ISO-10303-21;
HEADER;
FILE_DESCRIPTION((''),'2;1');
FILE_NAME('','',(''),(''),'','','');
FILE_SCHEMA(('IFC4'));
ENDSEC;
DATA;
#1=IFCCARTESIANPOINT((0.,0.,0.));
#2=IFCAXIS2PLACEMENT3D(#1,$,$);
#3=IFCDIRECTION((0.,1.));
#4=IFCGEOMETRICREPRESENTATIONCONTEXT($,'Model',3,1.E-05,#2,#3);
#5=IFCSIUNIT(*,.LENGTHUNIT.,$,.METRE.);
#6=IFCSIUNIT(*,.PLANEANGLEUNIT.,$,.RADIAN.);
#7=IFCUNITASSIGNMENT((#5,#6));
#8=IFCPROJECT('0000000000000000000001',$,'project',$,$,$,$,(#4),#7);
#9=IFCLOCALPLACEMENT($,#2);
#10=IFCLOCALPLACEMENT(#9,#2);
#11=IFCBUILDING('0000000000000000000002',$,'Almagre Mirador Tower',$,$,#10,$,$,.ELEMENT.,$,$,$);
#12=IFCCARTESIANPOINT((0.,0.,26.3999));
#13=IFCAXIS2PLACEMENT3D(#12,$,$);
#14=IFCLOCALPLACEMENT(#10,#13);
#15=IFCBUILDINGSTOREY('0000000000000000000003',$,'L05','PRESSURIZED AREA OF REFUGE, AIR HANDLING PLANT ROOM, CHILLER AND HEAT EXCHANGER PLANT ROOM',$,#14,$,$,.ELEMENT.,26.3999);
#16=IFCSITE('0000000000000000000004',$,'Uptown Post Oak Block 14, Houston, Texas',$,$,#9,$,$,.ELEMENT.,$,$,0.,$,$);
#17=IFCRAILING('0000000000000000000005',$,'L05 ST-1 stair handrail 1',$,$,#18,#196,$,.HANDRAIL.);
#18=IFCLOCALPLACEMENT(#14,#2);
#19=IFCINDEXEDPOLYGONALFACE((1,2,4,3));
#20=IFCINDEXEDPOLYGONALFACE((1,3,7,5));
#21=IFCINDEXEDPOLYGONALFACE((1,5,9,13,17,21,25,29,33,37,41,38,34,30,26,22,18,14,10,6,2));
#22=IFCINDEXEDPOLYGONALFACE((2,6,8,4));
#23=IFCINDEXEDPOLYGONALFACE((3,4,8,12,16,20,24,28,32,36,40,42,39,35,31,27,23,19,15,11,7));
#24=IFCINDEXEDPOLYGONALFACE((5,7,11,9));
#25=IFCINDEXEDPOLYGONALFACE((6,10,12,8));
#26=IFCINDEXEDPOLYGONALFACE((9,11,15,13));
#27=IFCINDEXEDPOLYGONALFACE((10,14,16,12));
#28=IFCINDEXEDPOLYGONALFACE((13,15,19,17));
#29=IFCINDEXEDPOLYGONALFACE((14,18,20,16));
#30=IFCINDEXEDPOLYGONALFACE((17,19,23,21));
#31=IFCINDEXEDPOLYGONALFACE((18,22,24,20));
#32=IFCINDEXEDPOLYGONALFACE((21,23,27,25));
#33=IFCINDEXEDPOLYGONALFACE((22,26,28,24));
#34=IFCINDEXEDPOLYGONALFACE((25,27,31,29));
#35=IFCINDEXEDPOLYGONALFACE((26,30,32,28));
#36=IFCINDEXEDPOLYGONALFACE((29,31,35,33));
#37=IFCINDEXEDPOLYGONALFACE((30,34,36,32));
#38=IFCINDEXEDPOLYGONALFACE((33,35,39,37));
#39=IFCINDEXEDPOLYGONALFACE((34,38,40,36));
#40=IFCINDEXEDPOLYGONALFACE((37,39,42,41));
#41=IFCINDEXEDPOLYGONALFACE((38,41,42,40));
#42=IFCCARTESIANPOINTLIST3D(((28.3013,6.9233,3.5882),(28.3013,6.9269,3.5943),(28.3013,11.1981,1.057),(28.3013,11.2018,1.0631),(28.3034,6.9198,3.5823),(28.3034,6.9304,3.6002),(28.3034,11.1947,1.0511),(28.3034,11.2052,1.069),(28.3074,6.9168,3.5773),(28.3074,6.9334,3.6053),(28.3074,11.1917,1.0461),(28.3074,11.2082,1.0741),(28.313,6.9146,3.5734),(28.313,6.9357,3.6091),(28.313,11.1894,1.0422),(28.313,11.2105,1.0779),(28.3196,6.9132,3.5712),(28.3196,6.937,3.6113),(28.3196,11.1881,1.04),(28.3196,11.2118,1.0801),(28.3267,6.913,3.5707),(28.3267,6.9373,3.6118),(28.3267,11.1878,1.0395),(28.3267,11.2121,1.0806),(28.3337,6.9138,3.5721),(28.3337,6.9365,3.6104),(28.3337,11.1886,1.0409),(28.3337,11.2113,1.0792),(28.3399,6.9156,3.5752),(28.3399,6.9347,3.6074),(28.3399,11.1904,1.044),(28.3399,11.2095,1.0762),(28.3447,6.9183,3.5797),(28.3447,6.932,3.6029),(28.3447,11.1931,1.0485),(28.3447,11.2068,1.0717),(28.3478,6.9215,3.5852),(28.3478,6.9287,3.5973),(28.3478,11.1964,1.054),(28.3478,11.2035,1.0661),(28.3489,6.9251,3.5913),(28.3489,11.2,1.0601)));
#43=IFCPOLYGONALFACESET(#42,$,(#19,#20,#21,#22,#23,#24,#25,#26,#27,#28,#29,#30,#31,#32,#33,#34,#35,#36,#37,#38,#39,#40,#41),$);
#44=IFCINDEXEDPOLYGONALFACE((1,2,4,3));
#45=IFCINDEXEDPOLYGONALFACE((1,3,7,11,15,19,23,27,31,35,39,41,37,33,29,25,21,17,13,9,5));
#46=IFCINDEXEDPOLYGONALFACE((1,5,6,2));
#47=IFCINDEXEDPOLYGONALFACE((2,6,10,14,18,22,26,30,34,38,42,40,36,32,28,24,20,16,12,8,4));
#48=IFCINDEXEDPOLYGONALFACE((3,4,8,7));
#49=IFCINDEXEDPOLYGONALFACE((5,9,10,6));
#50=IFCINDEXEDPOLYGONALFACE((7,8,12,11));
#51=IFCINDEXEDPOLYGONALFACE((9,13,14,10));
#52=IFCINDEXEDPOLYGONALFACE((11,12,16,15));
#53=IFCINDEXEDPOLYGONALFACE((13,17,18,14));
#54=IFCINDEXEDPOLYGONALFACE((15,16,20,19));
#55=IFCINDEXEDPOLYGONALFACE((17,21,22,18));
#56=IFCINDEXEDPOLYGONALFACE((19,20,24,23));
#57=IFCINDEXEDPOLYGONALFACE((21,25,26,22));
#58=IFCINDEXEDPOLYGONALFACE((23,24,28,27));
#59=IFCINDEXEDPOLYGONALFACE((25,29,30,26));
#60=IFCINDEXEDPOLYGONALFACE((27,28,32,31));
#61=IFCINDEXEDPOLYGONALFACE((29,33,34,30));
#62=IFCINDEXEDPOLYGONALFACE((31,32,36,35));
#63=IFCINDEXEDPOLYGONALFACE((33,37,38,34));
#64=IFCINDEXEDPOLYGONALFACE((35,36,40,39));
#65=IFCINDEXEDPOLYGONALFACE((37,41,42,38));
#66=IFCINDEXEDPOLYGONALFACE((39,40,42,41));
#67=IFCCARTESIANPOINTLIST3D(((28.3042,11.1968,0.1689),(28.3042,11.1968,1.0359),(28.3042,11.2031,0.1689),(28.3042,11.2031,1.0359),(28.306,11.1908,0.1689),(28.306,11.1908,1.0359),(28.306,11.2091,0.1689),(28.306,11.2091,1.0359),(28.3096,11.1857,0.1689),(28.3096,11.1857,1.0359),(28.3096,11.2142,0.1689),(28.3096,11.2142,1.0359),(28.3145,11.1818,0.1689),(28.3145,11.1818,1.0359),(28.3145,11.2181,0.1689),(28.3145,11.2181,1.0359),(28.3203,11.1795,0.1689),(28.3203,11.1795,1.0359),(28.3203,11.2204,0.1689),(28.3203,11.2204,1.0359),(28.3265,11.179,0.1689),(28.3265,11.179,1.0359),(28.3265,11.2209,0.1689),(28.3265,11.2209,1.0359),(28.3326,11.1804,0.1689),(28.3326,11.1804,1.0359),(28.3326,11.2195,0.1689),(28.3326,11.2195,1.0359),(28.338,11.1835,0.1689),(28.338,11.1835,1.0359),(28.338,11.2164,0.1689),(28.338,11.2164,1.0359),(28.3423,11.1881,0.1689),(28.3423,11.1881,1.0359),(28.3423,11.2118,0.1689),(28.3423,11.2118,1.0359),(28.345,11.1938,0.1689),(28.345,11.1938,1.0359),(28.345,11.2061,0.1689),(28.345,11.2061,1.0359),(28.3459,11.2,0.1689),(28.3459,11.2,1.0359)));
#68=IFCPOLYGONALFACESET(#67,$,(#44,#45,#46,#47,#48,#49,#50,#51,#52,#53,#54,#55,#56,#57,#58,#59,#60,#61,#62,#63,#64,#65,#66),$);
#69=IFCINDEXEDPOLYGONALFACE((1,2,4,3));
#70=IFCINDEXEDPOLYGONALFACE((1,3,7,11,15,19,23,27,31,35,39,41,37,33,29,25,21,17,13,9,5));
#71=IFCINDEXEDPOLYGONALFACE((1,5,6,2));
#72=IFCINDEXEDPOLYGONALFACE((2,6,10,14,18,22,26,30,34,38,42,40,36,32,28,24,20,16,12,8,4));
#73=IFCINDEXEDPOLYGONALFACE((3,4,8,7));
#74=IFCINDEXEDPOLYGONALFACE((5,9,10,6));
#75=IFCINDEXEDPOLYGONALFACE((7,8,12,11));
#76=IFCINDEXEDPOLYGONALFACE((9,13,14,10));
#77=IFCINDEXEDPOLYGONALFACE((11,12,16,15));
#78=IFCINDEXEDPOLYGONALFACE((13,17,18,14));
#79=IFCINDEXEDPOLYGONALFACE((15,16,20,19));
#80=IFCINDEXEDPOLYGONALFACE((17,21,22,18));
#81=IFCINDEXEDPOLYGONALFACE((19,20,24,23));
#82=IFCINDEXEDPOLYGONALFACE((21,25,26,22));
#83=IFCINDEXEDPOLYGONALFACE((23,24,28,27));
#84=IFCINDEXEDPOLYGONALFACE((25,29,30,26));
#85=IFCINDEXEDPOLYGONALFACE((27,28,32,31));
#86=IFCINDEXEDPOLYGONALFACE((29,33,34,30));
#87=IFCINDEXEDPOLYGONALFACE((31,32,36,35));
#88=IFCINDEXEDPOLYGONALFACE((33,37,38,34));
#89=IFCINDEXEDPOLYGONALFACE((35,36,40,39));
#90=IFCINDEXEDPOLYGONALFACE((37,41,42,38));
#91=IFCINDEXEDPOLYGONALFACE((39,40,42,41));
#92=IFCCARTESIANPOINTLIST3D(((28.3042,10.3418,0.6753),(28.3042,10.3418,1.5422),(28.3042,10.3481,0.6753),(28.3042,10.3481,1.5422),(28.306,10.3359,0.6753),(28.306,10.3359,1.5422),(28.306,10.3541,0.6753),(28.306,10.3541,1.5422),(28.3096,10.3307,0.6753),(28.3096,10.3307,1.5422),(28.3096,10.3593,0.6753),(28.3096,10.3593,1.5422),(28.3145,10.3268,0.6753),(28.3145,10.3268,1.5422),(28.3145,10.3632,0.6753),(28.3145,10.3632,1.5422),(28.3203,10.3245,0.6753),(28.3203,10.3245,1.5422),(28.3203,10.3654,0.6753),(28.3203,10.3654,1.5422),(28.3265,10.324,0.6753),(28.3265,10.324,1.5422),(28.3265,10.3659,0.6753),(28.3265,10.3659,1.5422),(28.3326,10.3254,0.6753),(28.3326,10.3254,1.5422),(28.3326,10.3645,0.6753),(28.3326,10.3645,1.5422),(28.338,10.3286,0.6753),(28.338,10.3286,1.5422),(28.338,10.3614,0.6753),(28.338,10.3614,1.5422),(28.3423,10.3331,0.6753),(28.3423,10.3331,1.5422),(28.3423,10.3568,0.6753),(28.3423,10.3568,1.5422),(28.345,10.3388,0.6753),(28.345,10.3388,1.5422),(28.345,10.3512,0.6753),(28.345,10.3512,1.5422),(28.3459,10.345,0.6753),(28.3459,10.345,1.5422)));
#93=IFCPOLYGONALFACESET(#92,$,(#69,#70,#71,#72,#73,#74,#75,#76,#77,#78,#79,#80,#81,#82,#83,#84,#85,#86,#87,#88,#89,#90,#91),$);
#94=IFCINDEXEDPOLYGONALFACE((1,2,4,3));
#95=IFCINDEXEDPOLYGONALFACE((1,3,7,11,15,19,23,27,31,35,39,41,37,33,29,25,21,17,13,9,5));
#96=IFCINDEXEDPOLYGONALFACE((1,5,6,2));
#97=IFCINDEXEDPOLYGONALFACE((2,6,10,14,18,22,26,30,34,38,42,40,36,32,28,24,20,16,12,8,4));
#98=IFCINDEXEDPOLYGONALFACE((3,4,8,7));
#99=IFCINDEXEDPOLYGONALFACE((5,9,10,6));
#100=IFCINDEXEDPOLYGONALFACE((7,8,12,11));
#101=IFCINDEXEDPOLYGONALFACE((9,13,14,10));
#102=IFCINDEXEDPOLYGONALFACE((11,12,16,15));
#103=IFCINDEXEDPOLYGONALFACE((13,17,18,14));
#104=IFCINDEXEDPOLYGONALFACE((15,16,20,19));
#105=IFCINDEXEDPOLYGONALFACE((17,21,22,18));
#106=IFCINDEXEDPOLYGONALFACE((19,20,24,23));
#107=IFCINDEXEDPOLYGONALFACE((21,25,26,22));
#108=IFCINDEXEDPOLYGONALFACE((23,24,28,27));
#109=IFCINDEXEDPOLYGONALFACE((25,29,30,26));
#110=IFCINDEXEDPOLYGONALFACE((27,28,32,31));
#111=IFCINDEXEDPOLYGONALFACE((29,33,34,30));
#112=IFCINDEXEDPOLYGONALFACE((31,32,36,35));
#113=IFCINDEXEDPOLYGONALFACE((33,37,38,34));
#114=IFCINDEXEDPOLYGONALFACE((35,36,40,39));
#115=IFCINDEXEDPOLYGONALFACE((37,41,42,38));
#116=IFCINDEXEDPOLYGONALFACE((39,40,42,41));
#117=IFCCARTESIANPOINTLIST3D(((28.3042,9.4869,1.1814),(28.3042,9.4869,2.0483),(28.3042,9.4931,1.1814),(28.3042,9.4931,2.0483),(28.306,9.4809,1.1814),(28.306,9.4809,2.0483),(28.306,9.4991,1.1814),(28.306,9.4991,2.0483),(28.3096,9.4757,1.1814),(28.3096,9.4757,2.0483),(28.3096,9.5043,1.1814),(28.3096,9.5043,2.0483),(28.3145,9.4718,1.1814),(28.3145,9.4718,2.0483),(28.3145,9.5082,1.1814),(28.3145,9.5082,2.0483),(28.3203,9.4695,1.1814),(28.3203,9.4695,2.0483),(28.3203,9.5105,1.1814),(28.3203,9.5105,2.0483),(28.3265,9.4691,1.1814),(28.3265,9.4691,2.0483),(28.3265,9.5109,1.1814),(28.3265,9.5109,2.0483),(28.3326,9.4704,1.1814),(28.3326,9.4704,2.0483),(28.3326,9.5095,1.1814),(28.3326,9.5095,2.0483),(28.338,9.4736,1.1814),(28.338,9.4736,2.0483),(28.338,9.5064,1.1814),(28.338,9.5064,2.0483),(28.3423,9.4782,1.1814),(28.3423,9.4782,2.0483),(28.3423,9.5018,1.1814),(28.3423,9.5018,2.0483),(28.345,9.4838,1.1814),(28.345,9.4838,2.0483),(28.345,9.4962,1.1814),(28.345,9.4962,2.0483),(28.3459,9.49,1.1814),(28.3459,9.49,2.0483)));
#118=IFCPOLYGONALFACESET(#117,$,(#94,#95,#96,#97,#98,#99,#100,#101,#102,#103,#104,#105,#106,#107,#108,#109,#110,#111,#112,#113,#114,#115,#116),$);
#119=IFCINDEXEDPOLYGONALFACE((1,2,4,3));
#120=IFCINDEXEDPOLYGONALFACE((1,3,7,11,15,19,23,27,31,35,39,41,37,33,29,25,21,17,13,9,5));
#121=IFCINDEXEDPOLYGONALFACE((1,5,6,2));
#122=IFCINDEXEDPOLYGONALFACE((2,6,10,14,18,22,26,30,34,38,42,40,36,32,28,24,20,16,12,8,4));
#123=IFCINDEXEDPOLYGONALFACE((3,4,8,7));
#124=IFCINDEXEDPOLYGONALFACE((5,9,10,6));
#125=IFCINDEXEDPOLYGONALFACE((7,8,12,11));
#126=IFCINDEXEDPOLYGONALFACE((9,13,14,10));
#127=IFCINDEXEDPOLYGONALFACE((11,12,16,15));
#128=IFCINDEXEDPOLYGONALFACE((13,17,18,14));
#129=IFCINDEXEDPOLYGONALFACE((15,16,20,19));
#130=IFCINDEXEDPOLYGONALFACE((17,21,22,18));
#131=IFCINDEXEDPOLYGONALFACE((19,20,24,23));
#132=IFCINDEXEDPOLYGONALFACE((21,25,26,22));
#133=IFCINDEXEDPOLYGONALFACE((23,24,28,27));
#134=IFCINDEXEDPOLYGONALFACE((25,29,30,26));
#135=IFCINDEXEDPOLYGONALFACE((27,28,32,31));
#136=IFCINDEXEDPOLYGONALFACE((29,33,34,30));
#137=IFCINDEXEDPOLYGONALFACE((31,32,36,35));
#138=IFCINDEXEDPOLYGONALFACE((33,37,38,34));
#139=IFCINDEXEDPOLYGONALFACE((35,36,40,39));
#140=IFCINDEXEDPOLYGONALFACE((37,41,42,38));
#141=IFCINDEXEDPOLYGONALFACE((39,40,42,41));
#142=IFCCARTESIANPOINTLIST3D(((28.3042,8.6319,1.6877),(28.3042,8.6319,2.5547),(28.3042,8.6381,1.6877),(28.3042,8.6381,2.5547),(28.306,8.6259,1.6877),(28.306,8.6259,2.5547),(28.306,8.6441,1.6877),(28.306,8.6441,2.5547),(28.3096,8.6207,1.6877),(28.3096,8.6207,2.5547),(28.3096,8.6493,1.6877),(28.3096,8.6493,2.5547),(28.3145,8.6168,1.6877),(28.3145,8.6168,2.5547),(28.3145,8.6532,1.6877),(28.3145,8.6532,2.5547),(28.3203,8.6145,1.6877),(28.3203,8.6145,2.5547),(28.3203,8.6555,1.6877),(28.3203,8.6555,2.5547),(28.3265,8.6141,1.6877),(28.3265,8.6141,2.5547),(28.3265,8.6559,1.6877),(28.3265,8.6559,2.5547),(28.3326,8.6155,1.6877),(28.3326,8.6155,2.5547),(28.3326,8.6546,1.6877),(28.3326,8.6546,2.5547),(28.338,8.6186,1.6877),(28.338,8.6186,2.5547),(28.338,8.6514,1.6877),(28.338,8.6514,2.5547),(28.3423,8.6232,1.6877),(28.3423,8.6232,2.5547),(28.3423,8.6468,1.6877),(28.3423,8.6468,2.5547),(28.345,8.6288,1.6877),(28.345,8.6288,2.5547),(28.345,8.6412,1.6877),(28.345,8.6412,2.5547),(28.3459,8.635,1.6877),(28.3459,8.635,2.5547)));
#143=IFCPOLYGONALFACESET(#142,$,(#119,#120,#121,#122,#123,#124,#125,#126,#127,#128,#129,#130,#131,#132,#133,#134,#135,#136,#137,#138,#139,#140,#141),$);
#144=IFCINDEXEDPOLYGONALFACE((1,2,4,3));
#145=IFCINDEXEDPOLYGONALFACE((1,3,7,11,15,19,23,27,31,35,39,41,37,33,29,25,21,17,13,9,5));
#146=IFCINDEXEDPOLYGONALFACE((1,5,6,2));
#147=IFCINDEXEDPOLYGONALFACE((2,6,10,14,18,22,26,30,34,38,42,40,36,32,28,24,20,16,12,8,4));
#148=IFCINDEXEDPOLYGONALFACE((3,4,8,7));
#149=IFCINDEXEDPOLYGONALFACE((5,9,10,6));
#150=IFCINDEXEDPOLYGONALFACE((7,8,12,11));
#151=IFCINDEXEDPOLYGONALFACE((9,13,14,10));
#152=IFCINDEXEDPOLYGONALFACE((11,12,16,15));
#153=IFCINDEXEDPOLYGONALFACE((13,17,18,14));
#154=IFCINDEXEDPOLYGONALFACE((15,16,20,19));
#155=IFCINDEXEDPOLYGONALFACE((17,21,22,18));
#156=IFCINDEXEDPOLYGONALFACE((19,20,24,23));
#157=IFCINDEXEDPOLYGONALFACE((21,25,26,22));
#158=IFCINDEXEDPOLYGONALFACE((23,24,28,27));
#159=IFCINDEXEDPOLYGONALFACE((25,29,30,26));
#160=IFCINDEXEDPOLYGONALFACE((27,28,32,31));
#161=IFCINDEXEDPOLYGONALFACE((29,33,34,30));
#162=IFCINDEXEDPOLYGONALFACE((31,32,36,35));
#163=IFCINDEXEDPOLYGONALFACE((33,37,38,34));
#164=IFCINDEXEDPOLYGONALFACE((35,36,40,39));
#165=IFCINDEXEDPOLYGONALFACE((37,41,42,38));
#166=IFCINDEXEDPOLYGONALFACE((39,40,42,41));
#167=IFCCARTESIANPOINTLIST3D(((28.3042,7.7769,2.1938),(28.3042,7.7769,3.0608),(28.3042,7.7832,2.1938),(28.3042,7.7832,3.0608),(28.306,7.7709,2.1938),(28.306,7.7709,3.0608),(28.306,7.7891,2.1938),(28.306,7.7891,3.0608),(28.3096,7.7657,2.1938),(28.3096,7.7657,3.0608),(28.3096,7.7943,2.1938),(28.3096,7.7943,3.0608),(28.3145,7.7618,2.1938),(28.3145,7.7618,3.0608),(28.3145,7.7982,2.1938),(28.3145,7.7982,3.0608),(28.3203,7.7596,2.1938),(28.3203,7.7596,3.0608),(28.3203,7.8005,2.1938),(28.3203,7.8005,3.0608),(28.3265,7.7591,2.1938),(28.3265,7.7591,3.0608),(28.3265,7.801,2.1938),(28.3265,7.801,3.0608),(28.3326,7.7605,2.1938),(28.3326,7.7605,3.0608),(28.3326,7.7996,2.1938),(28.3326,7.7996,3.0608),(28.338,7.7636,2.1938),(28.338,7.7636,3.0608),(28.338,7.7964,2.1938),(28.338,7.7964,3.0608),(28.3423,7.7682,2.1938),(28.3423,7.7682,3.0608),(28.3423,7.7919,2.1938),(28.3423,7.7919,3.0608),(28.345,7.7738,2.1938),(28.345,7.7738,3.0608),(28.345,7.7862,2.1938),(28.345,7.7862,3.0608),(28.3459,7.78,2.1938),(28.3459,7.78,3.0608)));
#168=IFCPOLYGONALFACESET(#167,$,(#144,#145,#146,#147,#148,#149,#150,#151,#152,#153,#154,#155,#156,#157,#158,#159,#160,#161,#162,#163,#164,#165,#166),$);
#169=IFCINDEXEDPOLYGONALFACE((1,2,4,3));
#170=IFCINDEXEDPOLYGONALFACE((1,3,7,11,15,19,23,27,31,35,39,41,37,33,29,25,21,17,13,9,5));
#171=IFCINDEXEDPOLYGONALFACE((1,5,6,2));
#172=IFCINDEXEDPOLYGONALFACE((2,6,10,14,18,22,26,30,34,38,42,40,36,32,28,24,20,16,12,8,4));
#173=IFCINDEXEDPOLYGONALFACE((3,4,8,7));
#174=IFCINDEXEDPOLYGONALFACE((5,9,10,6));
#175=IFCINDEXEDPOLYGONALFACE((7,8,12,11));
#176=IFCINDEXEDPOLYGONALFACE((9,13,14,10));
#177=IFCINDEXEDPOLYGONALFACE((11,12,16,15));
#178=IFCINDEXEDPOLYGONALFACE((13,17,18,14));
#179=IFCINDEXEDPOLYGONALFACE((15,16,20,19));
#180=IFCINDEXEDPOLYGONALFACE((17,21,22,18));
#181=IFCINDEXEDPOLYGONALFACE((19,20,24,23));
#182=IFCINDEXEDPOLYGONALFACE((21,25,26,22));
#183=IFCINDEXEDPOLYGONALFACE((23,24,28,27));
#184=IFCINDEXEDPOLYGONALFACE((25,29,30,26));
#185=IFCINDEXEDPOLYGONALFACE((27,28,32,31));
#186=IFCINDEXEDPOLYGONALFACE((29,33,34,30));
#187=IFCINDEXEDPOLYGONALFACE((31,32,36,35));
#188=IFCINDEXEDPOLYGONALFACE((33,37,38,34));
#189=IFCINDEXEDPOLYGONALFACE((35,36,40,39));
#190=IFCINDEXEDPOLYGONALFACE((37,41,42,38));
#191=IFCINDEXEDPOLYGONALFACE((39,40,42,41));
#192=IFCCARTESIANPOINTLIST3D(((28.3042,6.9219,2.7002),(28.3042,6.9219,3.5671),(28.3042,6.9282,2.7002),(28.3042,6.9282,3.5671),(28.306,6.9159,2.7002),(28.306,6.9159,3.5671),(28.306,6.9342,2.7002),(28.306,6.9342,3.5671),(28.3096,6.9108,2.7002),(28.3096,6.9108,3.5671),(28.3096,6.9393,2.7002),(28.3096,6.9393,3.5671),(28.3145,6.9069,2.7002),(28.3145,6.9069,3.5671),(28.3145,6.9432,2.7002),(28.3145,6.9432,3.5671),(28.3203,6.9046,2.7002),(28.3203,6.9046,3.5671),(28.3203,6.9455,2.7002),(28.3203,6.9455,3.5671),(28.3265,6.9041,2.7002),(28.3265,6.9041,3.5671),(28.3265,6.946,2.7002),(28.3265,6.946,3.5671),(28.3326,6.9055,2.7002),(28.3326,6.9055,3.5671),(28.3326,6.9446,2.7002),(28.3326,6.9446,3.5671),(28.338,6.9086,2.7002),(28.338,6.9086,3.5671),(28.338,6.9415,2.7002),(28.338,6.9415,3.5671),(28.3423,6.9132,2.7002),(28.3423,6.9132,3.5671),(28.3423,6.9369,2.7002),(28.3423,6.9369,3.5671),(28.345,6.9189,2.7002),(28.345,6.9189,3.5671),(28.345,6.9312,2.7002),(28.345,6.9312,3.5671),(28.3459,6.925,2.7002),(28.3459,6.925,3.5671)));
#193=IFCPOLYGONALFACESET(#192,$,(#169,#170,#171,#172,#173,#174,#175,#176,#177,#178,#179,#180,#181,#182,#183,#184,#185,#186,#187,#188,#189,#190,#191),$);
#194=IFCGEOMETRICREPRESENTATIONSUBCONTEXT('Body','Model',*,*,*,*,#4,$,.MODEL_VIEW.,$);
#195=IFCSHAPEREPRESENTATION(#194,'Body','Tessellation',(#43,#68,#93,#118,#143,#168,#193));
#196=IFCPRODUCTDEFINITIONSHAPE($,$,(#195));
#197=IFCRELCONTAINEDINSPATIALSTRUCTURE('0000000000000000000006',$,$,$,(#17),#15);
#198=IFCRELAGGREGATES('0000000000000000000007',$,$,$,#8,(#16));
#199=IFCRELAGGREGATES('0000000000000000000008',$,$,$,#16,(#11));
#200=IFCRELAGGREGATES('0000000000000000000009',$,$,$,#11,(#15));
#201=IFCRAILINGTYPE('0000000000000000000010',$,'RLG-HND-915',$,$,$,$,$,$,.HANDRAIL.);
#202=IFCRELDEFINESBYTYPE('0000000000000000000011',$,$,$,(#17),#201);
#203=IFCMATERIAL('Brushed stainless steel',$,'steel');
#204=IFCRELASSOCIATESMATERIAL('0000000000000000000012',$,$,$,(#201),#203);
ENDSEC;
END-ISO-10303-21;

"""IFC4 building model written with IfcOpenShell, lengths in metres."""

from ifc_helpers import new_model, si_unit, direction, frame, origin, origin_2d, place, context, subcontext, project, spatial, circle, extrude, material, type_object, element, save


model = new_model("IFC4")

# Units and contexts
model_context = context("Model", 3, precision=1e-05, world=origin(), true_north=direction((0.0, 1.0)))
body_context = subcontext(model_context, "Body", "Model", "MODEL_VIEW")
ifc_project = project(units=[si_unit("LENGTHUNIT", "METRE"), si_unit("PLANEANGLEUNIT", "RADIAN")], contexts=[model_context])

# Site, building, storey
site_placement = place(None, origin())
site = spatial("IfcSite", under=ifc_project, at=site_placement, Name="Uptown Post Oak Block 14, Houston, Texas", CompositionType="ELEMENT", RefElevation=0.0)
building_placement = place(site_placement, origin())
building = spatial("IfcBuilding", under=site, at=building_placement, Name="Almagre Mirador Tower", CompositionType="ELEMENT")
storey_placement = place(building_placement, frame((0.0, 0.0, 26.3999)))
storey = spatial("IfcBuildingStorey", under=building, at=storey_placement, Name="L05", Description="PRESSURIZED AREA OF REFUGE, AIR HANDLING PLANT ROOM, CHILLER AND HEAT EXCHANGER PLANT ROOM", CompositionType="ELEMENT", Elevation=26.3999)

# Railing
ifc_material_1 = material(Name="Brushed stainless steel", Category="steel")
railing_type_1 = type_object("IfcRailingType", Name="RLG-HND-915", PredefinedType="HANDRAIL", material=ifc_material_1)
railing_1_placement = place(storey_placement, frame((28.325, 11.2, 0.1689)))
element("IfcRailing", 1, at=railing_1_placement, inside=storey, type_object=railing_type_1, Name="L05 ST-1 stair handrail 1", PredefinedType="HANDRAIL", context=body_context, shape_type="SweptSolid", body=[
    extrude(circle(Radius=0.0239, at=origin_2d()), frame((0.0, 0.0, 0.8911), z_axis=(0.0, -0.86047, 0.509501), x_axis=(1.0, 0.0, 0.0)), (0.0, 0.0, 1.0), 4.968),
    extrude(circle(Radius=0.021, at=origin_2d()), origin(), (0.0, 0.0, 1.0), 0.8669),
    extrude(circle(Radius=0.021, at=origin_2d()), frame((0.0, -0.855, 0.5063)), (0.0, 0.0, 1.0), 0.8669),
    extrude(circle(Radius=0.021, at=origin_2d()), frame((0.0, -1.71, 1.0125)), (0.0, 0.0, 1.0), 0.8669),
    extrude(circle(Radius=0.021, at=origin_2d()), frame((0.0, -2.5649, 1.5188)), (0.0, 0.0, 1.0), 0.8669),
    extrude(circle(Radius=0.021, at=origin_2d()), frame((0.0, -3.4199, 2.0249)), (0.0, 0.0, 1.0), 0.8669),
    extrude(circle(Radius=0.021, at=origin_2d()), frame((0.0, -4.2749, 2.5312)), (0.0, 0.0, 1.0), 0.8669),
])

save(model, "model.ifc")
